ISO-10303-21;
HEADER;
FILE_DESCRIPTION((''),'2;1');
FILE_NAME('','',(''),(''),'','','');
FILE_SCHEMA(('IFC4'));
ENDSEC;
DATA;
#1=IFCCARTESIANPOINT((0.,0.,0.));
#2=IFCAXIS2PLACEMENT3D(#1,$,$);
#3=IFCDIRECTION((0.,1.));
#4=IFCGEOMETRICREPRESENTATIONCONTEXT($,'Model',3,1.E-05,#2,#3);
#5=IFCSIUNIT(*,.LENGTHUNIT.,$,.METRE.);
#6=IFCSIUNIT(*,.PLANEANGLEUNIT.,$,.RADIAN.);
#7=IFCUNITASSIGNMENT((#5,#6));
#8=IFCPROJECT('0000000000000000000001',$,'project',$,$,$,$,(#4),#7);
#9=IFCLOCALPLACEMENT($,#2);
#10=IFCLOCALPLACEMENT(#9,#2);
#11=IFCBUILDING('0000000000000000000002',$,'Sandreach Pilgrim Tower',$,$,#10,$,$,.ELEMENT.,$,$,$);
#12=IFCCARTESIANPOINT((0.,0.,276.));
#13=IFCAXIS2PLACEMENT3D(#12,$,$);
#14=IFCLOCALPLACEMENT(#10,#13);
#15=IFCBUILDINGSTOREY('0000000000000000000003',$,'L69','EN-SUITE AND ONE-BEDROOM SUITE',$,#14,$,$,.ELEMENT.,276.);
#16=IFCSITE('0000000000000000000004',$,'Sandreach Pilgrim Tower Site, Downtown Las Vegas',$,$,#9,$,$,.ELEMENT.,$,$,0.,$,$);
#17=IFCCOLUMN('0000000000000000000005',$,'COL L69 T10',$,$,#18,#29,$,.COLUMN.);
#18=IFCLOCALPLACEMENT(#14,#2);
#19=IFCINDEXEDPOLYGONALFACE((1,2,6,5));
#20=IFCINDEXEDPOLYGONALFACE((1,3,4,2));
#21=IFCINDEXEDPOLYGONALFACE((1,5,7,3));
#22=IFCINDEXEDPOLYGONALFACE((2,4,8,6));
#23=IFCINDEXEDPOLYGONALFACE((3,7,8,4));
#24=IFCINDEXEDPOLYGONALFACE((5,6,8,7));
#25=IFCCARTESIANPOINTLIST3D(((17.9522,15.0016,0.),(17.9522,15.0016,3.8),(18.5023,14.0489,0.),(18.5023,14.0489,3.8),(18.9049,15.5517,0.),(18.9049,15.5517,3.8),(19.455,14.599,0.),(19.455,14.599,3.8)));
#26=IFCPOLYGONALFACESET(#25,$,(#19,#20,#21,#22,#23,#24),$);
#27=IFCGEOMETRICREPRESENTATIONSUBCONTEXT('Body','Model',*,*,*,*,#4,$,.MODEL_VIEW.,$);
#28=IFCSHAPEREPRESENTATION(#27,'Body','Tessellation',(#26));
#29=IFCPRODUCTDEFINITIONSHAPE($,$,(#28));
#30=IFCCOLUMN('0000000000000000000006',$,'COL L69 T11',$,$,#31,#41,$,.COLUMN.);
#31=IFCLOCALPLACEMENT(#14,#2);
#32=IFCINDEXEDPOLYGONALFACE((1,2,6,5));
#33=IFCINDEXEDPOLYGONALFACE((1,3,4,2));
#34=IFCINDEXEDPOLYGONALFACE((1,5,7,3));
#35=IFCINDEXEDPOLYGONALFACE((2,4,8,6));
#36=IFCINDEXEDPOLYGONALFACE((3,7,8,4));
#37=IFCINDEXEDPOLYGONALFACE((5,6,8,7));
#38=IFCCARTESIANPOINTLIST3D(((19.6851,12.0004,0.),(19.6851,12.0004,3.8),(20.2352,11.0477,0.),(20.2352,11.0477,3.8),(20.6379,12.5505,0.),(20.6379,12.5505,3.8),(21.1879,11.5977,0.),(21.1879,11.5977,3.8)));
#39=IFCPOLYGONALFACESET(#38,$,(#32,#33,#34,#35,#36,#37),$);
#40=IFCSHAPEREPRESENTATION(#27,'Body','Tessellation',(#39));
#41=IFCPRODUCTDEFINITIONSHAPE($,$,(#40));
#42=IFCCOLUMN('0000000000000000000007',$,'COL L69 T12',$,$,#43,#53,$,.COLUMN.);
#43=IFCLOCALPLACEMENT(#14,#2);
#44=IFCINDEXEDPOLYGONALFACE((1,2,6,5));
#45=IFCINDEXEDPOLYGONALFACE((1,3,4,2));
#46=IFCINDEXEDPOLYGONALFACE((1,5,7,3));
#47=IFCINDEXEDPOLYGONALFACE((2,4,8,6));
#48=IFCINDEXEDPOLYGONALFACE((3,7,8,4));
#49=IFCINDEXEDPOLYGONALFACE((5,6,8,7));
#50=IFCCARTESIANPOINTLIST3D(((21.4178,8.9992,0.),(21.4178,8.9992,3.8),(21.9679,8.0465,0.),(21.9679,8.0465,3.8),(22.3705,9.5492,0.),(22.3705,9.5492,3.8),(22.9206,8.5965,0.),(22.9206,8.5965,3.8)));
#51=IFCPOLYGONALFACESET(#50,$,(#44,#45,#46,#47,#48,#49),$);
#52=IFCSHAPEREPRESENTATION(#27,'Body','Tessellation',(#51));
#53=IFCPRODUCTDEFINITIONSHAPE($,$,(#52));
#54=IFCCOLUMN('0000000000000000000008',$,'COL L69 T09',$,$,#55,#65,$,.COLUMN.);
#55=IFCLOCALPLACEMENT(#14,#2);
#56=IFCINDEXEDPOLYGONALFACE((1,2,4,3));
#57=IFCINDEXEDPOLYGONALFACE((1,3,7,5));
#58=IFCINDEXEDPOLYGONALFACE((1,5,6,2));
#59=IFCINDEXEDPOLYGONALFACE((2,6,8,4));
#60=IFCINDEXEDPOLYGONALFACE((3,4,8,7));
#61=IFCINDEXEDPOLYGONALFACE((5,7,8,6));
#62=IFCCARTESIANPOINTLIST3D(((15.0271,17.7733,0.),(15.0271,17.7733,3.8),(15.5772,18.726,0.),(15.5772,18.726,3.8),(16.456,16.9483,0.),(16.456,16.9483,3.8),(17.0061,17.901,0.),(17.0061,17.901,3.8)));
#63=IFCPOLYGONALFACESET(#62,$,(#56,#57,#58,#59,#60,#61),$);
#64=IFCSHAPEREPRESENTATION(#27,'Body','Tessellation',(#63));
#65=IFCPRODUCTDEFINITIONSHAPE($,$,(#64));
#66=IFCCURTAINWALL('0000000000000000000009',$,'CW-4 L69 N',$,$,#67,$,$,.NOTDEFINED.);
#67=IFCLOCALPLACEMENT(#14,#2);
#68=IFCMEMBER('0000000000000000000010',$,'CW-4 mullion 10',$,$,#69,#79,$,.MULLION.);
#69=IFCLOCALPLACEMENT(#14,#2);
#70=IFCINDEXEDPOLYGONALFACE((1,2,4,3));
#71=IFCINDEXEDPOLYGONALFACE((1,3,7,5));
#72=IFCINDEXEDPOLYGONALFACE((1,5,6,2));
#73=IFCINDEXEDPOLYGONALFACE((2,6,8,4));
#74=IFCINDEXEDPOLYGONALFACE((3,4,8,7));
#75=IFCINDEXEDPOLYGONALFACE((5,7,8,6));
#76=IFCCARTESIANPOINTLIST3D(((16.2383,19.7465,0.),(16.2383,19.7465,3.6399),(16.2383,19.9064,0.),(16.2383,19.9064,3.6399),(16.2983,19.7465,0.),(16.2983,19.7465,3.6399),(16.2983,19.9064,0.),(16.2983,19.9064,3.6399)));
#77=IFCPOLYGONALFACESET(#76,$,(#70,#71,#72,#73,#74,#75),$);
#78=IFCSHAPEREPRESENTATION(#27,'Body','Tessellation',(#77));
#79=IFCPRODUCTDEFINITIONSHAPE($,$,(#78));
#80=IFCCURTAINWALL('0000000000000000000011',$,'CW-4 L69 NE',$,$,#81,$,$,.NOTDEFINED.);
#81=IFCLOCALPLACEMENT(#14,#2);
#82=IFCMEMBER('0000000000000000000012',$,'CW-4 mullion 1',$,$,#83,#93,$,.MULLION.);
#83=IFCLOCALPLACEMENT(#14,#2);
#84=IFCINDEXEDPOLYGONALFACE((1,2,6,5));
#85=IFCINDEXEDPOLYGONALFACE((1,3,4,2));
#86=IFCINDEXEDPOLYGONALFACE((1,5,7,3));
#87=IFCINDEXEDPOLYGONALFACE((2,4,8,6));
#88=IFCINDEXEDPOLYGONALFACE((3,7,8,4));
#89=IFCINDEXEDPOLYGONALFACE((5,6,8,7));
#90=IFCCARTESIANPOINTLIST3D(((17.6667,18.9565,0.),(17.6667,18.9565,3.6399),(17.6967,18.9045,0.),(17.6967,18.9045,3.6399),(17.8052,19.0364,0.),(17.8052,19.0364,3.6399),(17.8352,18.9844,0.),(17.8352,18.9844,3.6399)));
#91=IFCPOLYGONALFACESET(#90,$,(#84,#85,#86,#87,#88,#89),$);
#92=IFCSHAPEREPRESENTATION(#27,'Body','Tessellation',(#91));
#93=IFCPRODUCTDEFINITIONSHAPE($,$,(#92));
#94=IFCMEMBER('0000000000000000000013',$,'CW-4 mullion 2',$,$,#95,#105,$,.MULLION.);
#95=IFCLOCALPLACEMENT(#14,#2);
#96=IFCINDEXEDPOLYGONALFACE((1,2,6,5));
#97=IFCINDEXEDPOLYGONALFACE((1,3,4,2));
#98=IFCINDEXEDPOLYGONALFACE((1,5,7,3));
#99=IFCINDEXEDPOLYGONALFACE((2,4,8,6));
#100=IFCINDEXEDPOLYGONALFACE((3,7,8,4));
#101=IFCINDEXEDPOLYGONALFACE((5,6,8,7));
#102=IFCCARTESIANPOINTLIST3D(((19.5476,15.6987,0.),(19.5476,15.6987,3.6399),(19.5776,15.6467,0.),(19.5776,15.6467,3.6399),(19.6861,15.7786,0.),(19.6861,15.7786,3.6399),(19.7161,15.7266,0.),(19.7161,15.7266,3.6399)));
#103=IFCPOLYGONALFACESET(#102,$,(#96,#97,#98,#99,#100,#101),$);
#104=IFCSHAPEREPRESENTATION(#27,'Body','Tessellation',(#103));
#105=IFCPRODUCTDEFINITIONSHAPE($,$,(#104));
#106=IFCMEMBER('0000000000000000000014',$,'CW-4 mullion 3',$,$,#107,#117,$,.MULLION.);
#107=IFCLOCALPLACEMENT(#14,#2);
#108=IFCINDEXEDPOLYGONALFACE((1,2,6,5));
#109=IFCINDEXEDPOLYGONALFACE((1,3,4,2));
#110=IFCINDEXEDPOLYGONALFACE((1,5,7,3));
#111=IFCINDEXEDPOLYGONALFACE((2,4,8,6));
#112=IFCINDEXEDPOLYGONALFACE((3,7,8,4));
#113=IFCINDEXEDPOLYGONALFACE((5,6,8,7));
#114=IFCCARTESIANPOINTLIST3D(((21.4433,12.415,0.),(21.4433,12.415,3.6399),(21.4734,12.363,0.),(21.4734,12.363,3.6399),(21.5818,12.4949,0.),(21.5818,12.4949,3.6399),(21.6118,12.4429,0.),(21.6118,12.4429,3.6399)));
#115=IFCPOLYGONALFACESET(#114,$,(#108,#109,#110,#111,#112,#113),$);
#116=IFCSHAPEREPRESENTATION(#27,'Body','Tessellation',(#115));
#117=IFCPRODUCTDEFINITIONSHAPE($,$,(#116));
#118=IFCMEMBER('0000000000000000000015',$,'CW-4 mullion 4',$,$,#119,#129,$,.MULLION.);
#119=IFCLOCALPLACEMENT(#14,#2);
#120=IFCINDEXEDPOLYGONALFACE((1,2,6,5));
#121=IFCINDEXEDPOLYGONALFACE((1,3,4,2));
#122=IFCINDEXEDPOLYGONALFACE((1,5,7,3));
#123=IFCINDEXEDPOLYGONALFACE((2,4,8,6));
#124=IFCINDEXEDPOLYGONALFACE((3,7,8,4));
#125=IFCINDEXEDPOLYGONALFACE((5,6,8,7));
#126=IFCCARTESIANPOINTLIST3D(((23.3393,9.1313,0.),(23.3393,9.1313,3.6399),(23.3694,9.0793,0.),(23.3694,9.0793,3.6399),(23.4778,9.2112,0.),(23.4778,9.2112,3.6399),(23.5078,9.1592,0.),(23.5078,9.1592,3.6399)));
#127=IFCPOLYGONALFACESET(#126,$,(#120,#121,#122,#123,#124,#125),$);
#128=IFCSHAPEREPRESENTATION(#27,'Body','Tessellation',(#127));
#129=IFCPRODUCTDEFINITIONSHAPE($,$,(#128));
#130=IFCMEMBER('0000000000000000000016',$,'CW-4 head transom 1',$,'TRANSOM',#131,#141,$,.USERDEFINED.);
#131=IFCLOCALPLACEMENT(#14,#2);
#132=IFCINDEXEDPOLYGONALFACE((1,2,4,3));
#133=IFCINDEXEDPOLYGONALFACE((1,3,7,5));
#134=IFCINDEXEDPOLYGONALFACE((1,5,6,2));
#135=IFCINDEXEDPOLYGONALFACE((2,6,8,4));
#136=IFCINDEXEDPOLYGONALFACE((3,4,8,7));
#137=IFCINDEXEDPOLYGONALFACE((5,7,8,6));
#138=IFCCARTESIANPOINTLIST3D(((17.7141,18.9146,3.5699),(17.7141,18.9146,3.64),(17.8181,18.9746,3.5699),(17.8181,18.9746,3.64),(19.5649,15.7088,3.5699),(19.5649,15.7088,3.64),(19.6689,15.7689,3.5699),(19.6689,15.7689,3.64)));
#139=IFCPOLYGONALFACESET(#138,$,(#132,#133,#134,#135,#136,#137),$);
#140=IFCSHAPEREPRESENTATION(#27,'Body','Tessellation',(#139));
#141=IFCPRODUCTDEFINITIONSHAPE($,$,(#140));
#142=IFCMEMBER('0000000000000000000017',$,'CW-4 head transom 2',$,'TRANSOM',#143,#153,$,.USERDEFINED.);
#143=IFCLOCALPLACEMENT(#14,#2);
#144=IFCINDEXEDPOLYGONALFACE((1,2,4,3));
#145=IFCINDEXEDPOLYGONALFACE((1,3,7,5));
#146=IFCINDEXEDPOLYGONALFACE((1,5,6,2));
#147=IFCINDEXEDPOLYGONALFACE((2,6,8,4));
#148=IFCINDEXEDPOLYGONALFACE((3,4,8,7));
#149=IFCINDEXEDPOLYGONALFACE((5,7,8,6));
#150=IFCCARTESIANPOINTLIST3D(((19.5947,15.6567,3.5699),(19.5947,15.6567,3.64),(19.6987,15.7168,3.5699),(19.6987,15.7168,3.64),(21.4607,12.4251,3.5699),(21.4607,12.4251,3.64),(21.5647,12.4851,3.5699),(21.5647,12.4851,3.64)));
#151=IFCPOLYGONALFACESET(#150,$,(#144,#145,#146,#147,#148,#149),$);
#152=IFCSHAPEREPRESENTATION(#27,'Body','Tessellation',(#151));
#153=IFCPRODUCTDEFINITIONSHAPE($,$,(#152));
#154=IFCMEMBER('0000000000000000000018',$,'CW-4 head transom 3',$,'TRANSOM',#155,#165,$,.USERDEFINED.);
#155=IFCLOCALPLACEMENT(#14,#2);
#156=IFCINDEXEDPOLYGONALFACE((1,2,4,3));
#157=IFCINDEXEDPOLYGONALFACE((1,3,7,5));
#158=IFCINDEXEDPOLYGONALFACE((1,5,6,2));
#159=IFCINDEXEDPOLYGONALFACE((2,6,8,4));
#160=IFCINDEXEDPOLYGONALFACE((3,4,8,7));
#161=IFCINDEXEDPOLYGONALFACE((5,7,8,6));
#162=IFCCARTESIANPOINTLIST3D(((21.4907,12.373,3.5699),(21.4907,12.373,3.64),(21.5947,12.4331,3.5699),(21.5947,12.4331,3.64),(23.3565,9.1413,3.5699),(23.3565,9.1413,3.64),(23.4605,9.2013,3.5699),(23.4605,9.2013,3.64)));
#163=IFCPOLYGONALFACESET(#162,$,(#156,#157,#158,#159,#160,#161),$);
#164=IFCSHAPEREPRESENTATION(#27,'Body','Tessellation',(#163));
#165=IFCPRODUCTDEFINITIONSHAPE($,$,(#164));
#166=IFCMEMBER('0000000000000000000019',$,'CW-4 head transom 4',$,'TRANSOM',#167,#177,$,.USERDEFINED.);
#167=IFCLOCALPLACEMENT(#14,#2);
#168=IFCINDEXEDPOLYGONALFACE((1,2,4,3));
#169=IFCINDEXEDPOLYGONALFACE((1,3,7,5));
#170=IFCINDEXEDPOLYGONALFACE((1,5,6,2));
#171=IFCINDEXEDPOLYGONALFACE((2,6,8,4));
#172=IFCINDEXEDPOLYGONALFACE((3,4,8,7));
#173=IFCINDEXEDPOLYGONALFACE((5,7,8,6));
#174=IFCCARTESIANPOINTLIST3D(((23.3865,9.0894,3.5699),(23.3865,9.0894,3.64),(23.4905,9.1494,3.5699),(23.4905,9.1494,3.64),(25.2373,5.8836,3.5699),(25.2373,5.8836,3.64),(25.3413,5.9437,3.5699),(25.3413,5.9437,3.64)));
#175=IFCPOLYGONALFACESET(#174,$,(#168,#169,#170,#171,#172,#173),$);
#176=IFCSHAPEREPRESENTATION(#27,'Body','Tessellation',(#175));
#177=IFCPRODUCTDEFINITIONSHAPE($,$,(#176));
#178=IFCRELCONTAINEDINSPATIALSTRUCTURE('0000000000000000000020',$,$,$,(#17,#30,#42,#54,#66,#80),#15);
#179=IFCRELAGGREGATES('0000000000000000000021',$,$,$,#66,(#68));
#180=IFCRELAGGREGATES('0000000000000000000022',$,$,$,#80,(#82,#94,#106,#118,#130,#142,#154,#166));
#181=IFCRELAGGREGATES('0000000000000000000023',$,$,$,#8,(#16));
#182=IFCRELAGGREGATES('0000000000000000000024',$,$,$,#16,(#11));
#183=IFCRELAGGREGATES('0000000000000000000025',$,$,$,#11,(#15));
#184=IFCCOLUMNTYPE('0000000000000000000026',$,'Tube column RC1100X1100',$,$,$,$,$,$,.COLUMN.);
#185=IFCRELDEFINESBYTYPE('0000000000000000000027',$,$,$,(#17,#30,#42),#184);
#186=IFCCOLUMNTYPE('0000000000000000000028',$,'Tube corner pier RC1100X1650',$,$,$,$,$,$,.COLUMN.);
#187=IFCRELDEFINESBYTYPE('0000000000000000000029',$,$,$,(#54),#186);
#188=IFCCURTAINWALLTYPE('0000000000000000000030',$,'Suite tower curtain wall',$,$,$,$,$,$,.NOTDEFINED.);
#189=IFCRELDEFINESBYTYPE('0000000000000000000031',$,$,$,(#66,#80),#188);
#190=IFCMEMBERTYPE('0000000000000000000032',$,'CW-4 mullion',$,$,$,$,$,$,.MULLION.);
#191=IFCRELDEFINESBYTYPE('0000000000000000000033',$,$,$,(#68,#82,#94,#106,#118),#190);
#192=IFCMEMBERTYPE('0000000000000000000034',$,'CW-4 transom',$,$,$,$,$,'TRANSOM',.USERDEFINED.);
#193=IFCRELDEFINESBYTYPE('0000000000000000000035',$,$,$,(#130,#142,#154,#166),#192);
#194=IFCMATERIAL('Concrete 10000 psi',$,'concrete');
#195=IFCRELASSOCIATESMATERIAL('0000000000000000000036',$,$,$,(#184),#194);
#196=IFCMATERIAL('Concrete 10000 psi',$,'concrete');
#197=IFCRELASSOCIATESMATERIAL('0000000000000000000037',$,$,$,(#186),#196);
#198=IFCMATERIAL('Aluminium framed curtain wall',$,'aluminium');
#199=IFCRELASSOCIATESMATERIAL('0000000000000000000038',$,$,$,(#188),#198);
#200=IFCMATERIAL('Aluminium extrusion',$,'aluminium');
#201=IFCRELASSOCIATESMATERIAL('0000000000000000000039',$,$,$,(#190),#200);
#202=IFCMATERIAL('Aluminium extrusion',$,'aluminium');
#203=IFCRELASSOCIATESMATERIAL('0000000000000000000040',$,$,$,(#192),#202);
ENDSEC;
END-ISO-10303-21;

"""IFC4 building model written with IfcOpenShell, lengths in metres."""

from ifc_helpers import new_model, si_unit, direction, frame, origin, origin_2d, place, context, subcontext, project, spatial, rectangle, extrude, material, material_profile, profile_set, type_object, element, aggregate, save


model = new_model("IFC4")

# Units and contexts
model_context = context("Model", 3, precision=1e-05, world=origin(), true_north=direction((0.0, 1.0)))
body_context = subcontext(model_context, "Body", "Model", "MODEL_VIEW")
ifc_project = project(units=[si_unit("LENGTHUNIT", "METRE"), si_unit("PLANEANGLEUNIT", "RADIAN")], contexts=[model_context])

# Site, building, storey
site_placement = place(None, origin())
site = spatial("IfcSite", under=ifc_project, at=site_placement, Name="Sandreach Pilgrim Tower Site, Downtown Las Vegas", CompositionType="ELEMENT", RefElevation=0.0)
building_placement = place(site_placement, origin())
building = spatial("IfcBuilding", under=site, at=building_placement, Name="Sandreach Pilgrim Tower", CompositionType="ELEMENT")
storey_placement = place(building_placement, frame((0.0, 0.0, 276.0)))
storey = spatial("IfcBuildingStorey", under=building, at=storey_placement, Name="L69", Description="EN-SUITE AND ONE-BEDROOM SUITE", CompositionType="ELEMENT", Elevation=276.0)

# Columns
ifc_material_1 = material(Name="Concrete 10000 psi", Category="concrete")
ifc_material_profile_1 = material_profile(ifc_material_1, rectangle(XDim=1.1001, YDim=1.1001, at=origin_2d()), Name="RC1100X1100")
ifc_profile_set_1 = profile_set([ifc_material_profile_1], Name="Concrete 10000 psi")
column_type_1 = type_object("IfcColumnType", Name="Tube column RC1100X1100", PredefinedType="COLUMN", material=ifc_profile_set_1)
for number, where, z_axis, x_axis, name in (
    (1, (18.7036, 14.8003, 0.0), (0.0, 0.0, 1.0), (0.866025, 0.5, 0.0), "COL L69 T10"),
    (2, (20.4365, 11.7991, 0.0), (0.0, 0.0, 1.0), (0.866025, 0.5, 0.0), "COL L69 T11"),
    (3, (22.1692, 8.7979, 0.0), (0.0, 0.0, 1.0), (0.866025, 0.5, 0.0), "COL L69 T12"),
):
    element("IfcColumn", number, at=place(storey_placement, frame(where, z_axis=z_axis, x_axis=x_axis)), inside=storey, type_object=column_type_1, Name=name, PredefinedType="COLUMN", context=body_context, shape_type="SweptSolid", body=[
        extrude(rectangle(XDim=1.1001, YDim=1.1001, at=origin_2d()), origin(), (0.0, 0.0, 1.0), 3.8),
    ])
ifc_material_2 = material(Name="Concrete 10000 psi", Category="concrete")
ifc_material_profile_2 = material_profile(ifc_material_2, rectangle(XDim=1.1001, YDim=1.6499, at=origin_2d()), Name="RC1100X1650")
ifc_profile_set_2 = profile_set([ifc_material_profile_2], Name="Concrete 10000 psi")
column_type_2 = type_object("IfcColumnType", Name="Tube corner pier RC1100X1650", PredefinedType="COLUMN", material=ifc_profile_set_2)
column_placement = place(storey_placement, frame((16.0166, 17.8372, 0.0), z_axis=(0.0, 0.0, 1.0), x_axis=(0.5, 0.866025, 0.0)))
element("IfcColumn", 4, at=column_placement, inside=storey, type_object=column_type_2, Name="COL L69 T09", PredefinedType="COLUMN", context=body_context, shape_type="SweptSolid", body=[
    extrude(rectangle(XDim=1.1001, YDim=1.6499, at=origin_2d()), origin(), (0.0, 0.0, 1.0), 3.8),
])

# Curtain wall, member
ifc_material_3 = material(Name="Aluminium framed curtain wall", Category="aluminium")
curtain_wall_type = type_object("IfcCurtainWallType", Name="Suite tower curtain wall", PredefinedType="NOTDEFINED", material=ifc_material_3)
curtain_wall_1_placement = place(storey_placement, origin())
curtain_wall_1 = element("IfcCurtainWall", 5, at=curtain_wall_1_placement, inside=storey, type_object=curtain_wall_type, Name="CW-4 L69 N", PredefinedType="NOTDEFINED")
ifc_material_4 = material(Name="Aluminium extrusion", Category="aluminium")
ifc_material_profile_3 = material_profile(ifc_material_4, rectangle(XDim=0.0601, YDim=0.1599, at=origin_2d()), Name="CW-4M 60X160")
ifc_profile_set_3 = profile_set([ifc_material_profile_3], Name="Aluminium extrusion")
member_type_1 = type_object("IfcMemberType", Name="CW-4 mullion", PredefinedType="MULLION", material=ifc_profile_set_3)
member_1_placement = place(storey_placement, frame((16.2683, 19.8264, 0.0), z_axis=(0.0, 0.0, 1.0), x_axis=(1.0, 0.0, 0.0)))
member_1 = element("IfcMember", 6, at=member_1_placement, type_object=member_type_1, Name="CW-4 mullion 10", PredefinedType="MULLION", context=body_context, shape_type="SweptSolid", body=[
    extrude(rectangle(XDim=0.0601, YDim=0.1599, at=origin_2d()), origin(), (0.0, 0.0, 1.0), 3.6399),
])

# Curtain wall, members
curtain_wall_2_placement = place(storey_placement, origin())
curtain_wall_2 = element("IfcCurtainWall", 7, at=curtain_wall_2_placement, inside=storey, type_object=curtain_wall_type, Name="CW-4 L69 NE", PredefinedType="NOTDEFINED")
member_2_placement = place(storey_placement, frame((17.751, 18.9705, 0.0), z_axis=(0.0, 0.0, 1.0), x_axis=(0.5, -0.866025, 0.0)))
member_2 = element("IfcMember", 8, at=member_2_placement, type_object=member_type_1, Name="CW-4 mullion 1", PredefinedType="MULLION", context=body_context, shape_type="SweptSolid", body=[
    extrude(rectangle(XDim=0.0601, YDim=0.1599, at=origin_2d()), origin(), (0.0, 0.0, 1.0), 3.6399),
])
member_3_placement = place(storey_placement, frame((19.6318, 15.7126, 0.0), z_axis=(0.0, 0.0, 1.0), x_axis=(0.5, -0.866025, 0.0)))
member_3 = element("IfcMember", 9, at=member_3_placement, type_object=member_type_1, Name="CW-4 mullion 2", PredefinedType="MULLION", context=body_context, shape_type="SweptSolid", body=[
    extrude(rectangle(XDim=0.0601, YDim=0.1599, at=origin_2d()), origin(), (0.0, 0.0, 1.0), 3.6399),
])
member_4_placement = place(storey_placement, frame((21.5276, 12.429, 0.0), z_axis=(0.0, 0.0, 1.0), x_axis=(0.5, -0.866025, 0.0)))
member_4 = element("IfcMember", 10, at=member_4_placement, type_object=member_type_1, Name="CW-4 mullion 3", PredefinedType="MULLION", context=body_context, shape_type="SweptSolid", body=[
    extrude(rectangle(XDim=0.0601, YDim=0.1599, at=origin_2d()), origin(), (0.0, 0.0, 1.0), 3.6399),
])
member_5_placement = place(storey_placement, frame((23.4236, 9.1453, 0.0), z_axis=(0.0, 0.0, 1.0), x_axis=(0.5, -0.866025, 0.0)))
member_5 = element("IfcMember", 11, at=member_5_placement, type_object=member_type_1, Name="CW-4 mullion 4", PredefinedType="MULLION", context=body_context, shape_type="SweptSolid", body=[
    extrude(rectangle(XDim=0.0601, YDim=0.1599, at=origin_2d()), origin(), (0.0, 0.0, 1.0), 3.6399),
])
ifc_material_5 = material(Name="Aluminium extrusion", Category="aluminium")
ifc_material_profile_4 = material_profile(ifc_material_5, rectangle(XDim=0.1201, YDim=0.0701, at=origin_2d()), Name="CW-4T 120X70")
ifc_profile_set_4 = profile_set([ifc_material_profile_4], Name="Aluminium extrusion")
member_type_2 = type_object("IfcMemberType", Name="CW-4 transom", ElementType="TRANSOM", PredefinedType="USERDEFINED", material=ifc_profile_set_4)
member_6_placement = place(storey_placement, frame((17.7661, 18.9446, 3.605), z_axis=(0.499991, -0.866031, 0.0), x_axis=(0.866031, 0.499991, 0.0)))
member_6 = element("IfcMember", 12, at=member_6_placement, type_object=member_type_2, Name="CW-4 head transom 1", ObjectType="TRANSOM", PredefinedType="USERDEFINED", context=body_context, shape_type="SweptSolid", body=[
    extrude(rectangle(XDim=0.1201, YDim=0.0701, at=origin_2d()), origin(), (0.0, 0.0, 1.0), 3.7017),
])
member_7_placement = place(storey_placement, frame((19.6467, 15.6868, 3.605), z_axis=(0.50003, -0.866008, 0.0), x_axis=(0.866008, 0.50003, 0.0)))
member_7 = element("IfcMember", 13, at=member_7_placement, type_object=member_type_2, Name="CW-4 head transom 2", ObjectType="TRANSOM", PredefinedType="USERDEFINED", context=body_context, shape_type="SweptSolid", body=[
    extrude(rectangle(XDim=0.1201, YDim=0.0701, at=origin_2d()), origin(), (0.0, 0.0, 1.0), 3.7317),
])
member_8_placement = place(storey_placement, frame((21.5427, 12.4031, 3.605), z_axis=(0.499981, -0.866036, 0.0), x_axis=(0.866036, 0.499981, 0.0)))
member_8 = element("IfcMember", 14, at=member_8_placement, type_object=member_type_2, Name="CW-4 head transom 3", ObjectType="TRANSOM", PredefinedType="USERDEFINED", context=body_context, shape_type="SweptSolid", body=[
    extrude(rectangle(XDim=0.1201, YDim=0.0701, at=origin_2d()), origin(), (0.0, 0.0, 1.0), 3.7317),
])
member_9_placement = place(storey_placement, frame((23.4385, 9.1194, 3.605), z_axis=(0.499991, -0.866031, 0.0), x_axis=(0.866031, 0.499991, 0.0)))
member_9 = element("IfcMember", 15, at=member_9_placement, type_object=member_type_2, Name="CW-4 head transom 4", ObjectType="TRANSOM", PredefinedType="USERDEFINED", context=body_context, shape_type="SweptSolid", body=[
    extrude(rectangle(XDim=0.1201, YDim=0.0701, at=origin_2d()), origin(), (0.0, 0.0, 1.0), 3.7017),
])

aggregate(curtain_wall_1, [member_1])
aggregate(curtain_wall_2, [member_2, member_3, member_4, member_5, member_6, member_7, member_8, member_9])

save(model, "model.ifc")
